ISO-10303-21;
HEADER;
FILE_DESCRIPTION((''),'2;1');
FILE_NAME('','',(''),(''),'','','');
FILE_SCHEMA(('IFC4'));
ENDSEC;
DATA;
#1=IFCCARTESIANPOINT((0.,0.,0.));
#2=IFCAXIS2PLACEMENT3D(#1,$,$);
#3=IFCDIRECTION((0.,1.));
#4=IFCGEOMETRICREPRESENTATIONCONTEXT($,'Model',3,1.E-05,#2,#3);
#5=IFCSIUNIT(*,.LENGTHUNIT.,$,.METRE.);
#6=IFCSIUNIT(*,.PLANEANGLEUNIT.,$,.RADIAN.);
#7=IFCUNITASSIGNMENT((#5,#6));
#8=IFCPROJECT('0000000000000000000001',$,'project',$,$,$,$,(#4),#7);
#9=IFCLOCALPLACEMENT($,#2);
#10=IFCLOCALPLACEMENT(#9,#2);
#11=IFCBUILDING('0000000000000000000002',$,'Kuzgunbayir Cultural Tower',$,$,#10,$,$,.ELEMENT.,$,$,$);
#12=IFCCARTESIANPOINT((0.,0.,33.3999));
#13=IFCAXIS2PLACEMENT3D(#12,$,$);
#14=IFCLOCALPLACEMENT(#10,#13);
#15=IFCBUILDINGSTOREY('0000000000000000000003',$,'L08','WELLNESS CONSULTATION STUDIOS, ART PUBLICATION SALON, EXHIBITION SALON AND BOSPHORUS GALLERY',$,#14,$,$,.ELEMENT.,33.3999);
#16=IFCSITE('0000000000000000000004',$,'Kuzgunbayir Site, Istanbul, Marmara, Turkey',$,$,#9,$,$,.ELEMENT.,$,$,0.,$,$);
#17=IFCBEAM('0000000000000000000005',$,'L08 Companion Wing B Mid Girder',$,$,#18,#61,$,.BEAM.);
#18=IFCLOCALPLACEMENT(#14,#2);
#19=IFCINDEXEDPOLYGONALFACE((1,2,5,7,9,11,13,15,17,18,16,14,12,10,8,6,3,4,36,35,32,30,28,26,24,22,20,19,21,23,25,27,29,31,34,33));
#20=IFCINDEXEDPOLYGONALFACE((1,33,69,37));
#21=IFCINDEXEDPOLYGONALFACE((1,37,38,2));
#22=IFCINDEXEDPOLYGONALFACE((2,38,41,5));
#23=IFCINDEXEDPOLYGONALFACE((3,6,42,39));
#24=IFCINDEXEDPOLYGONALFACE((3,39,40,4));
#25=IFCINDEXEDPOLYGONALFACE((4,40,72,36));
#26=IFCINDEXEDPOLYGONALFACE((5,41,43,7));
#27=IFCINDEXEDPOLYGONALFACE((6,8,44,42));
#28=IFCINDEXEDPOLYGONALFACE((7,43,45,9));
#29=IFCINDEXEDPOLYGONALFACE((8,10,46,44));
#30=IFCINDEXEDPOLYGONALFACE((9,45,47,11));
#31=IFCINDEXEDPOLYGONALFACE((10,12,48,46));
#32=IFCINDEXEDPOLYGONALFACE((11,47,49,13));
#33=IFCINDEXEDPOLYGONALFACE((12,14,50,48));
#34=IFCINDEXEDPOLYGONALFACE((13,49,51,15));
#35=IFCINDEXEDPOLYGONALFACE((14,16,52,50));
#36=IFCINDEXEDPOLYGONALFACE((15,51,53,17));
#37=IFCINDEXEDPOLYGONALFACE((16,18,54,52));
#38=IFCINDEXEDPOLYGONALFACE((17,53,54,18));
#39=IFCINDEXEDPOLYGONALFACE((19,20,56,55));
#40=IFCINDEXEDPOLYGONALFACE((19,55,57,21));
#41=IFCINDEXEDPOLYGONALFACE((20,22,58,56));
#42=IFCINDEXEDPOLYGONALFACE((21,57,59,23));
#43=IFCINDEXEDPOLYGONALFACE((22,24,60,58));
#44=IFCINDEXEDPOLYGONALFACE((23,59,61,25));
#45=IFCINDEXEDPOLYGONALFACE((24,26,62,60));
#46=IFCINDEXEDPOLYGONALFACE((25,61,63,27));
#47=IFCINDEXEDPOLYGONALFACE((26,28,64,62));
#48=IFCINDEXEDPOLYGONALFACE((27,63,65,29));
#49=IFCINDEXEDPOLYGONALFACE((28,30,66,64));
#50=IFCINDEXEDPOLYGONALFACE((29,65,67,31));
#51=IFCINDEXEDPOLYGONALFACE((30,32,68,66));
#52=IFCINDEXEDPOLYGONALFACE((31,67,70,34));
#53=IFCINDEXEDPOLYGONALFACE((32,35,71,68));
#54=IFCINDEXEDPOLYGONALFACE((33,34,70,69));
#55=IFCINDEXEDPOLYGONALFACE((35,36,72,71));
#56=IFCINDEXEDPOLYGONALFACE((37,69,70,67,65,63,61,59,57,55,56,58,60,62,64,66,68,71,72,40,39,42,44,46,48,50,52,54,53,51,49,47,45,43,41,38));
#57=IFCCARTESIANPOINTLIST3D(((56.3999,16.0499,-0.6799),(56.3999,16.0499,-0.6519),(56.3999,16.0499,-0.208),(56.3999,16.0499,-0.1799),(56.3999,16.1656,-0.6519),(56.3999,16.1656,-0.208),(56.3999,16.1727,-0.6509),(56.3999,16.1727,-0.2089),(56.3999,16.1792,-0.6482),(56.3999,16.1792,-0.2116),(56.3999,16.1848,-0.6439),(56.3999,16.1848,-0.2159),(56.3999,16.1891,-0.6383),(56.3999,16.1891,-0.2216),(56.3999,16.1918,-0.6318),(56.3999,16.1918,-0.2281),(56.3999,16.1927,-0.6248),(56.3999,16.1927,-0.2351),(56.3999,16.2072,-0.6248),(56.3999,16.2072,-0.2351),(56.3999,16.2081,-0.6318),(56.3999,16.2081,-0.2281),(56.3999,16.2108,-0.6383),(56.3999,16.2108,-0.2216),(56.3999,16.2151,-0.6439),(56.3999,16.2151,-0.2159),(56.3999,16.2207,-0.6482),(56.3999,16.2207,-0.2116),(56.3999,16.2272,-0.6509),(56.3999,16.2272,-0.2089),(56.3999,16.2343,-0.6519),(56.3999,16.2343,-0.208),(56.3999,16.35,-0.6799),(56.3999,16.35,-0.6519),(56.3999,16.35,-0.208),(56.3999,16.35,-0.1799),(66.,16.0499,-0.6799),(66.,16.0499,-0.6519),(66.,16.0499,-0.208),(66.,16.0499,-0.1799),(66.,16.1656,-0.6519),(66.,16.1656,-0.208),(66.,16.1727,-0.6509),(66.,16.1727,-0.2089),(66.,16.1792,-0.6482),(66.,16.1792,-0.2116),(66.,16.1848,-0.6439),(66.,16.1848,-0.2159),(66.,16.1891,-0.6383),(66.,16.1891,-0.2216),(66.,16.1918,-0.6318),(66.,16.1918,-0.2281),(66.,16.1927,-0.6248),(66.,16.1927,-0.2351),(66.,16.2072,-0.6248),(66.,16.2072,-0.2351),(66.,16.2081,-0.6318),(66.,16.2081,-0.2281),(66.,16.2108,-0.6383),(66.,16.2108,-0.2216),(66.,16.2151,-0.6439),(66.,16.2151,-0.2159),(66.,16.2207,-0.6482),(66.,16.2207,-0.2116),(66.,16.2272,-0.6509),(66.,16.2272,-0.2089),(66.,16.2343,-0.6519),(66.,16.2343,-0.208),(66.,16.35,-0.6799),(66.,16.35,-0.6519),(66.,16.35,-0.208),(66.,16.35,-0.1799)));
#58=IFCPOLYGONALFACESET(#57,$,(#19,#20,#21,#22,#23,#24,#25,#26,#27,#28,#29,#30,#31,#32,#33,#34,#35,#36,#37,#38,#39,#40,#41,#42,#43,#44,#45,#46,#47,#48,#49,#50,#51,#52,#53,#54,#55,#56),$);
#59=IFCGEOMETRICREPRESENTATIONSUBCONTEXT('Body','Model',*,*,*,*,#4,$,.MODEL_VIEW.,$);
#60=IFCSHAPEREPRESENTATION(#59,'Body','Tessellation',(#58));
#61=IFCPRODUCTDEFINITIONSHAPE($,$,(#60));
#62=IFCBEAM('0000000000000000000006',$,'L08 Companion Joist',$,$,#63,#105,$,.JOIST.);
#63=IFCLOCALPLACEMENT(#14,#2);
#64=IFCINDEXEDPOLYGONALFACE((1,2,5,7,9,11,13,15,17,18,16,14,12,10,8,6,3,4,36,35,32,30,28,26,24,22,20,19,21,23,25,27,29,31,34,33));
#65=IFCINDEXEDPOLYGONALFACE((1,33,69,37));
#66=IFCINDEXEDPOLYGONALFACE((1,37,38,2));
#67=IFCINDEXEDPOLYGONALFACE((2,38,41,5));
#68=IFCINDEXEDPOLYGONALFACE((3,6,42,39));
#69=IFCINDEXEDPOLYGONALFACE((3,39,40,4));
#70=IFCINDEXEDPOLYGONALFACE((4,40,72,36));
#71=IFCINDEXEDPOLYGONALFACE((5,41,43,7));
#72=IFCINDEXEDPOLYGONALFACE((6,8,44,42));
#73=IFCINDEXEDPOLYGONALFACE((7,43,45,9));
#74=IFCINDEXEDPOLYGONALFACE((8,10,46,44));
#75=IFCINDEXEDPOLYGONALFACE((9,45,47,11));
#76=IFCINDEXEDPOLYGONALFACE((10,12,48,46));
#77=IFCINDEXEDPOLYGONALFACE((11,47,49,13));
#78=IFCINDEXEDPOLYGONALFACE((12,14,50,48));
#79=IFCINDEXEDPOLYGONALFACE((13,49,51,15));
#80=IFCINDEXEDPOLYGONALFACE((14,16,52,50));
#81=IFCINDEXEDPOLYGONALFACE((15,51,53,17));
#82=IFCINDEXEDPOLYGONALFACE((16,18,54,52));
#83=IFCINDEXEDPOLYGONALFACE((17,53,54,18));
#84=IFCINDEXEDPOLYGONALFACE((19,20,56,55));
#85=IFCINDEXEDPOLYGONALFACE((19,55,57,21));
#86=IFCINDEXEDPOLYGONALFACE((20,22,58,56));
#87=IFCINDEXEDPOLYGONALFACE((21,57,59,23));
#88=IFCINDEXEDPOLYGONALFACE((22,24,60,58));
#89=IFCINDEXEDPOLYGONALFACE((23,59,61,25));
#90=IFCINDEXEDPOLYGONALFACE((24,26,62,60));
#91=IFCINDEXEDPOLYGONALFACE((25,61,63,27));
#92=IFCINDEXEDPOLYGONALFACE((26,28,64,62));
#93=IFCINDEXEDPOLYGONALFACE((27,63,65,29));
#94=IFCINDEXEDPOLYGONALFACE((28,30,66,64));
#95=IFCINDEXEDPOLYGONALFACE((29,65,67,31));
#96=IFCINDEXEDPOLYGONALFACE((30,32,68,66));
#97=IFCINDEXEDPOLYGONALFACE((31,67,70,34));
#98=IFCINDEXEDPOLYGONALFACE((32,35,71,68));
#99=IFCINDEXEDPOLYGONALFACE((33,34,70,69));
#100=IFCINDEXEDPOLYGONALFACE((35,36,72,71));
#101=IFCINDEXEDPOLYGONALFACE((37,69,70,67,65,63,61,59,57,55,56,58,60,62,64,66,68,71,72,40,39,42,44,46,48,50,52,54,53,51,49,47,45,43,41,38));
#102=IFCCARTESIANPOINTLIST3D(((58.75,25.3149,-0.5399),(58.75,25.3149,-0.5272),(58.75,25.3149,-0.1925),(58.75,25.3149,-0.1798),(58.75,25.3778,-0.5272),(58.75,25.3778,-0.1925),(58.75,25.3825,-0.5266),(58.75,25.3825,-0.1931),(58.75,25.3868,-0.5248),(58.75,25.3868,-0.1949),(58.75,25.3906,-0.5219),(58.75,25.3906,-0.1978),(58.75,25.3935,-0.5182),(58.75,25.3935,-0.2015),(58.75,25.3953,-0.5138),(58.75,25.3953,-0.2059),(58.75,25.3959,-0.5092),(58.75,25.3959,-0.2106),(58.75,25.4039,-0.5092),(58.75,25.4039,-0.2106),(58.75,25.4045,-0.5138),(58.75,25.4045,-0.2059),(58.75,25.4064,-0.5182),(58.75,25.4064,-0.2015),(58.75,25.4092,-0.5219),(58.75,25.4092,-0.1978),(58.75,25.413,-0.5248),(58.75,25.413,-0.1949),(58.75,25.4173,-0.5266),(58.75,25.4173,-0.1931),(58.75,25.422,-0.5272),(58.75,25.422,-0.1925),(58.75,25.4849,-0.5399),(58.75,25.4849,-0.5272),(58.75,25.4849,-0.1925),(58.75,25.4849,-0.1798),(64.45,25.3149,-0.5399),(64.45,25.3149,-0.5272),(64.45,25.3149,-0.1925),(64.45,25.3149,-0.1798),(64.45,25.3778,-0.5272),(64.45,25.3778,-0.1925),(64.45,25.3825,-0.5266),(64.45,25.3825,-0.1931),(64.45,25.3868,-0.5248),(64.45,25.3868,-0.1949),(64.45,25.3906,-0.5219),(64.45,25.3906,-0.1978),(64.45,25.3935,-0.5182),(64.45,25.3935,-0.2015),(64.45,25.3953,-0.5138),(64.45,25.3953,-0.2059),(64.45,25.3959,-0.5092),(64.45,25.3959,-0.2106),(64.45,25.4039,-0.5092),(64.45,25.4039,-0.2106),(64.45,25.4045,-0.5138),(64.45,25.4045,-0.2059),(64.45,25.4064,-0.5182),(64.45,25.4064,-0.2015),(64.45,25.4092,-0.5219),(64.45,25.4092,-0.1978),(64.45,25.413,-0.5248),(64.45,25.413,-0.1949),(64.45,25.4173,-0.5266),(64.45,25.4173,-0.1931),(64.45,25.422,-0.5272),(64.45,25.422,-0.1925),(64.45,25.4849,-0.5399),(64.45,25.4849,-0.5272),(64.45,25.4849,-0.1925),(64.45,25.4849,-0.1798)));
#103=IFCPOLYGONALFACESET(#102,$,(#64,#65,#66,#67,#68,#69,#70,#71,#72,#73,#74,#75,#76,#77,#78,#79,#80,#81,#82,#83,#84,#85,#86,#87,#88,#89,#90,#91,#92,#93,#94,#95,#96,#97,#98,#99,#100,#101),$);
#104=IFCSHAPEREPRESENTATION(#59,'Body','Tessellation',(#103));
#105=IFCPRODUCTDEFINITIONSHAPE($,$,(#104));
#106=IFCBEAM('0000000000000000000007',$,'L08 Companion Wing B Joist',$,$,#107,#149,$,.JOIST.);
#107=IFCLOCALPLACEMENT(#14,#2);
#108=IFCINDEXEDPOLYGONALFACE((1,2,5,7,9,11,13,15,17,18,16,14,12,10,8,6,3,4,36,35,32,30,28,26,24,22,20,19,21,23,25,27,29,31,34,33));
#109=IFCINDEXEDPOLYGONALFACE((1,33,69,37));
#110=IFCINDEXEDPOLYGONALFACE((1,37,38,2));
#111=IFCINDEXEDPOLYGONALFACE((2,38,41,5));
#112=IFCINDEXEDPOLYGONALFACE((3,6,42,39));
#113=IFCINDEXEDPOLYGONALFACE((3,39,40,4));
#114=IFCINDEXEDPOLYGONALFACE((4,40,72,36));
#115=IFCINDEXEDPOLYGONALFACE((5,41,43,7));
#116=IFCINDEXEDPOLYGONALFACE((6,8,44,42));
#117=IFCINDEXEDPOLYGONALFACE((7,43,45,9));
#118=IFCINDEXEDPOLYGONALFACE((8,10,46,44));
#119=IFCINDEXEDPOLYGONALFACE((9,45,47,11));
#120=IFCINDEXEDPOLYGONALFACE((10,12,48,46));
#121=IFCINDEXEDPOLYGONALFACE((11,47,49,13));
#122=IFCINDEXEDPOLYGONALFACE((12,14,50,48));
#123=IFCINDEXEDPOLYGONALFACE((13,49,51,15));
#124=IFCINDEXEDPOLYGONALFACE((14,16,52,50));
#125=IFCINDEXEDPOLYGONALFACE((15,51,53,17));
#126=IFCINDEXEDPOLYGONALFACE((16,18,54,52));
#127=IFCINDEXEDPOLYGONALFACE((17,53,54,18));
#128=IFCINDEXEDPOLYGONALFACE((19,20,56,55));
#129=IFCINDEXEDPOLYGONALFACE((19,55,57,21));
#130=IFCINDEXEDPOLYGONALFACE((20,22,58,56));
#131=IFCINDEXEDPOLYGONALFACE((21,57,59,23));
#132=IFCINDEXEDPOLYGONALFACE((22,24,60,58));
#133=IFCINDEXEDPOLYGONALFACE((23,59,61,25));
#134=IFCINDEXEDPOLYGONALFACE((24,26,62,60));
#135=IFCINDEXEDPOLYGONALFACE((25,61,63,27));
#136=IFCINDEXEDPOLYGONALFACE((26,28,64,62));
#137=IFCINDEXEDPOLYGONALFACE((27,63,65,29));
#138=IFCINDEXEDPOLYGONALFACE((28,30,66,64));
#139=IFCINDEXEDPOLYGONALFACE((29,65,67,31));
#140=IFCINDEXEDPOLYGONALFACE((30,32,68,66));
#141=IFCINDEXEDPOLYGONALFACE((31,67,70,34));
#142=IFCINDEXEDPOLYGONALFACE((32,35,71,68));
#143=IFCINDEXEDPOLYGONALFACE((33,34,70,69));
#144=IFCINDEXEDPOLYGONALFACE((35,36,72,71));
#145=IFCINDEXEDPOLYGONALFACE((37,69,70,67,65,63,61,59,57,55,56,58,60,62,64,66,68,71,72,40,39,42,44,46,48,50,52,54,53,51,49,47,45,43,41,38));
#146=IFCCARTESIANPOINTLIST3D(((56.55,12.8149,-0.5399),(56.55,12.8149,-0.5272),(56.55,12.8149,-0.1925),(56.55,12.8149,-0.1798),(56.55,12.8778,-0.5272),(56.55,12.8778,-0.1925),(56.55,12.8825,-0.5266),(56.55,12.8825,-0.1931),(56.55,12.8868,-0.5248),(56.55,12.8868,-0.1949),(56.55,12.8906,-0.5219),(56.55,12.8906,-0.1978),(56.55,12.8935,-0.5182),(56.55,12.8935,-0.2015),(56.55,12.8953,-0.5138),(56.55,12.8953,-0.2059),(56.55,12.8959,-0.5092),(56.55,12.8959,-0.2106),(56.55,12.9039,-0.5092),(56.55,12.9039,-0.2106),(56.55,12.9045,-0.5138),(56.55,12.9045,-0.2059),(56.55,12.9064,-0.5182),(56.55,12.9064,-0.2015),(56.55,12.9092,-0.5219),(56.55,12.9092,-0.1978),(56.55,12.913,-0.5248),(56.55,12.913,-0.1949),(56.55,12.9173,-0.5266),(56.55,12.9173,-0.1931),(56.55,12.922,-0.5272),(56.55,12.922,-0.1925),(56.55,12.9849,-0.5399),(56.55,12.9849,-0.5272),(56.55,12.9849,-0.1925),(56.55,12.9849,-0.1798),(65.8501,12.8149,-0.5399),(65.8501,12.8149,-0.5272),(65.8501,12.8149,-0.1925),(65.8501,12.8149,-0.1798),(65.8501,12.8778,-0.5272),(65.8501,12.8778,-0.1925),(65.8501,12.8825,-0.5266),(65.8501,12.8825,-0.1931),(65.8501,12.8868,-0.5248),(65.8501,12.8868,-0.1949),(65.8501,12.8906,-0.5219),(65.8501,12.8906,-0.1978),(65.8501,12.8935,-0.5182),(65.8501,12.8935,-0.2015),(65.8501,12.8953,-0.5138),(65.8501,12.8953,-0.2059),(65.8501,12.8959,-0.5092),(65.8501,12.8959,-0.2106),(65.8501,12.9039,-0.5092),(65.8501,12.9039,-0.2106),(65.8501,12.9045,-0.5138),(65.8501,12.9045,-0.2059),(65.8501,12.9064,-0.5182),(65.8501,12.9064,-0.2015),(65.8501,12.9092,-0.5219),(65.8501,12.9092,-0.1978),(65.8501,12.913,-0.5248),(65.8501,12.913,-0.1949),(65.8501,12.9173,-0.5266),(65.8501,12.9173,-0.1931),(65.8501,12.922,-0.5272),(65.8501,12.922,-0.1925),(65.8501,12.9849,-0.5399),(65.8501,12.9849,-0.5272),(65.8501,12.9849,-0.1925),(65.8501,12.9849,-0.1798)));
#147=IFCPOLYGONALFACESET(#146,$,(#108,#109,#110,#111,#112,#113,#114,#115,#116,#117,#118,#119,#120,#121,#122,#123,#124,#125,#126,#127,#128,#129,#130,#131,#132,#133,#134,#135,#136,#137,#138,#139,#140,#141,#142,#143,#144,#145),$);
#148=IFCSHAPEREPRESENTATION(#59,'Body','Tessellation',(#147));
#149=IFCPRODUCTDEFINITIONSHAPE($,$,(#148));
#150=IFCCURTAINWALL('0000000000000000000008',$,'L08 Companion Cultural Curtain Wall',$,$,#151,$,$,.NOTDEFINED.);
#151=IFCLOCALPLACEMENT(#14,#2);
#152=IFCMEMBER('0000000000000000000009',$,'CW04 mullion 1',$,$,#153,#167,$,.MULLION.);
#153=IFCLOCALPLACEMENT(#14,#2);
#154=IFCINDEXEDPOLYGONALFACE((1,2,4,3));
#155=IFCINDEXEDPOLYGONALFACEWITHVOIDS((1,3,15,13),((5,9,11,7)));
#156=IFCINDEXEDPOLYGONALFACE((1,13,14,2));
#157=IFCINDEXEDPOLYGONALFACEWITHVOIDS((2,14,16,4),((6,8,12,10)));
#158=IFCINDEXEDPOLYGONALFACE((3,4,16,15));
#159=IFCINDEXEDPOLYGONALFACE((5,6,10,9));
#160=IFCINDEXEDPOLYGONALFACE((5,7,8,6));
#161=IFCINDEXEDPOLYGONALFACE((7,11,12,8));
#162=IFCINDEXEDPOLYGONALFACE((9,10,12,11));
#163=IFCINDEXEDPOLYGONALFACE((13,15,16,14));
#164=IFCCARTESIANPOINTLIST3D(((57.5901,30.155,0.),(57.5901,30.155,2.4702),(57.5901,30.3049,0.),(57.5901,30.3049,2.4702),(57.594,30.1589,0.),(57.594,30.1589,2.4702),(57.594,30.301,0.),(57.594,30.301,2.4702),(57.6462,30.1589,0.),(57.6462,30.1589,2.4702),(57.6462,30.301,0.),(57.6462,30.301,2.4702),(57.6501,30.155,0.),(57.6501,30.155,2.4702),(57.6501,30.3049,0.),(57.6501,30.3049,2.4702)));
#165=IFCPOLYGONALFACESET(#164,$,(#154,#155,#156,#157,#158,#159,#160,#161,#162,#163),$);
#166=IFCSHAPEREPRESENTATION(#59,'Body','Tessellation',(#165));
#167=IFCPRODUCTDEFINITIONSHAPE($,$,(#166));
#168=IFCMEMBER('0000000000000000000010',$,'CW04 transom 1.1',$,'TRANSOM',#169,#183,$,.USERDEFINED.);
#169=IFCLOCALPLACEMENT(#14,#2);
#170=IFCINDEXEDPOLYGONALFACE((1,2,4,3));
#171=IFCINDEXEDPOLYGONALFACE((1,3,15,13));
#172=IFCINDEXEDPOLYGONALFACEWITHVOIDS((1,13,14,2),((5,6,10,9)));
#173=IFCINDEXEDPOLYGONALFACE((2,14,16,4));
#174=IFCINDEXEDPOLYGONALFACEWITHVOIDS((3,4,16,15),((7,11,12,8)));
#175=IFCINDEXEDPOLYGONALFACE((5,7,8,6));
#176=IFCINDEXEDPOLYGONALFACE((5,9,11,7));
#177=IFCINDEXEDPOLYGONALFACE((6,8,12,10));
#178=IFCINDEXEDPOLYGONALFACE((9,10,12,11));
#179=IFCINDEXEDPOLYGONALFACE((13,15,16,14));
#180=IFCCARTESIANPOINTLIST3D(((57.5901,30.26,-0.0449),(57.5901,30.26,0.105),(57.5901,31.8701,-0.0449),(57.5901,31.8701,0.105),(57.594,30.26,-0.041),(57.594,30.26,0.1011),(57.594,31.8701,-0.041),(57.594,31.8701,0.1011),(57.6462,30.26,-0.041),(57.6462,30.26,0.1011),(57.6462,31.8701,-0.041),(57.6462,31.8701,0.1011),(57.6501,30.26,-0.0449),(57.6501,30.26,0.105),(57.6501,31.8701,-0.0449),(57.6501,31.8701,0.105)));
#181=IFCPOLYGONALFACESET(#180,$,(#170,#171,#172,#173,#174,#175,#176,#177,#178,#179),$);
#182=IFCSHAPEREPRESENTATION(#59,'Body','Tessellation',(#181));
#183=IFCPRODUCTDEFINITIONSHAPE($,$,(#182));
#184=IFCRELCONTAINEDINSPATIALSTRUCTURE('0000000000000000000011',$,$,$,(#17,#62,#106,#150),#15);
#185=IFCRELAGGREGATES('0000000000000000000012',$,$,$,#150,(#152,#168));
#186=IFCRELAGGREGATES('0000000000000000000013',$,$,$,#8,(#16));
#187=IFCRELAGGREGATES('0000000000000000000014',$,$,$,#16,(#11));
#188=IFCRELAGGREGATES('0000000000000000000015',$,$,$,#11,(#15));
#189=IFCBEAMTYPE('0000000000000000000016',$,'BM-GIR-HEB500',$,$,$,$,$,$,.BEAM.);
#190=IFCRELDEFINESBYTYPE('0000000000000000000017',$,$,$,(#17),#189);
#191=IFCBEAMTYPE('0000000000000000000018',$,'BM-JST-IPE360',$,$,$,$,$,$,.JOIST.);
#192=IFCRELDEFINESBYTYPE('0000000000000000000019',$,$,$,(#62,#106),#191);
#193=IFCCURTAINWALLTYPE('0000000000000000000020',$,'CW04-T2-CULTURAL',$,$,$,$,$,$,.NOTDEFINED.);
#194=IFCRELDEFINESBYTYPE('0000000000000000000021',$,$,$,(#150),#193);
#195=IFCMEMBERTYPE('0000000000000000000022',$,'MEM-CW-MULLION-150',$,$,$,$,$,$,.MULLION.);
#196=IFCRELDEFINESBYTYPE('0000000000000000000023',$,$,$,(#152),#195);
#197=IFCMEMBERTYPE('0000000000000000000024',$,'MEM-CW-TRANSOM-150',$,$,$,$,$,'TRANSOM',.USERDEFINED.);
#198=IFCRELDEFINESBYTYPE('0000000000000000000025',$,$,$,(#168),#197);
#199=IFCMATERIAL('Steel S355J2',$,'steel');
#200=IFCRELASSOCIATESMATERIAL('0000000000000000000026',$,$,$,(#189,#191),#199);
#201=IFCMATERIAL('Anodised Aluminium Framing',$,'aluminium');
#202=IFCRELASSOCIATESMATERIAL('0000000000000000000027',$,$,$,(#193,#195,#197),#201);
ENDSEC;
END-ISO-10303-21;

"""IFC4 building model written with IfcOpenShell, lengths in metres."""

from ifc_helpers import new_model, si_unit, direction, frame, origin, origin_2d, place, context, subcontext, project, spatial, hollow_rectangle, i_section, extrude, material, material_profile, profile_set, type_object, element, aggregate, save


model = new_model("IFC4")

# Units and contexts
model_context = context("Model", 3, precision=1e-05, world=origin(), true_north=direction((0.0, 1.0)))
body_context = subcontext(model_context, "Body", "Model", "MODEL_VIEW")
ifc_project = project(units=[si_unit("LENGTHUNIT", "METRE"), si_unit("PLANEANGLEUNIT", "RADIAN")], contexts=[model_context])

# Site, building, storey
site_placement = place(None, origin())
site = spatial("IfcSite", under=ifc_project, at=site_placement, Name="Kuzgunbayir Site, Istanbul, Marmara, Turkey", CompositionType="ELEMENT", RefElevation=0.0)
building_placement = place(site_placement, origin())
building = spatial("IfcBuilding", under=site, at=building_placement, Name="Kuzgunbayir Cultural Tower", CompositionType="ELEMENT")
storey_placement = place(building_placement, frame((0.0, 0.0, 33.3999)))
storey = spatial("IfcBuildingStorey", under=building, at=storey_placement, Name="L08", Description="WELLNESS CONSULTATION STUDIOS, ART PUBLICATION SALON, EXHIBITION SALON AND BOSPHORUS GALLERY", CompositionType="ELEMENT", Elevation=33.3999)

# Beams
ifc_material_1 = material(Name="Steel S355J2", Category="steel")
ifc_material_profile_1 = material_profile(ifc_material_1, i_section(OverallWidth=0.3, OverallDepth=0.5, WebThickness=0.0144, FlangeThickness=0.0281, FilletRadius=0.0271, at=origin_2d()), Name="HEB 500")
ifc_profile_set_1 = profile_set([ifc_material_profile_1], Name="Steel S355J2")
beam_type_1 = type_object("IfcBeamType", Name="BM-GIR-HEB500", PredefinedType="BEAM", material=ifc_profile_set_1)
beam_1_placement = place(storey_placement, frame((56.3999, 16.2, -0.4299), z_axis=(1.0, 0.0, 0.0), x_axis=(0.0, 1.0, 0.0)))
element("IfcBeam", 1, at=beam_1_placement, inside=storey, type_object=beam_type_1, Name="L08 Companion Wing B Mid Girder", PredefinedType="BEAM", context=body_context, shape_type="SweptSolid", body=[
    extrude(i_section(OverallWidth=0.3, OverallDepth=0.5, WebThickness=0.0144, FlangeThickness=0.0281, FilletRadius=0.0271, at=origin_2d()), origin(), (0.0, 0.0, 1.0), 9.6001),
])
ifc_material_profile_2 = material_profile(ifc_material_1, i_section(OverallWidth=0.1699, OverallDepth=0.3601, WebThickness=0.0081, FlangeThickness=0.0127, FilletRadius=0.0181, at=origin_2d()), Name="IPE 360")
ifc_profile_set_2 = profile_set([ifc_material_profile_2], Name="Steel S355J2")
beam_type_2 = type_object("IfcBeamType", Name="BM-JST-IPE360", PredefinedType="JOIST", material=ifc_profile_set_2)
beam_2_placement = place(storey_placement, frame((58.75, 25.3999, -0.3599), z_axis=(1.0, 0.0, 0.0), x_axis=(0.0, 1.0, 0.0)))
element("IfcBeam", 2, at=beam_2_placement, inside=storey, type_object=beam_type_2, Name="L08 Companion Joist", PredefinedType="JOIST", context=body_context, shape_type="SweptSolid", body=[
    extrude(i_section(OverallWidth=0.1699, OverallDepth=0.3601, WebThickness=0.0081, FlangeThickness=0.0127, FilletRadius=0.0181, at=origin_2d()), origin(), (0.0, 0.0, 1.0), 5.7),
])
beam_3_placement = place(storey_placement, frame((56.55, 12.8999, -0.3599), z_axis=(1.0, 0.0, 0.0), x_axis=(0.0, 1.0, 0.0)))
element("IfcBeam", 3, at=beam_3_placement, inside=storey, type_object=beam_type_2, Name="L08 Companion Wing B Joist", PredefinedType="JOIST", context=body_context, shape_type="SweptSolid", body=[
    extrude(i_section(OverallWidth=0.1699, OverallDepth=0.3601, WebThickness=0.0081, FlangeThickness=0.0127, FilletRadius=0.0181, at=origin_2d()), origin(), (0.0, 0.0, 1.0), 9.3),
])

# Curtain wall, members
ifc_material_2 = material(Name="Anodised Aluminium Framing", Category="aluminium")
curtain_wall_type = type_object("IfcCurtainWallType", Name="CW04-T2-CULTURAL", PredefinedType="NOTDEFINED", material=ifc_material_2)
curtain_wall_placement = place(storey_placement, origin())
curtain_wall = element("IfcCurtainWall", 4, at=curtain_wall_placement, inside=storey, type_object=curtain_wall_type, Name="L08 Companion Cultural Curtain Wall", PredefinedType="NOTDEFINED")
ifc_material_profile_3 = material_profile(ifc_material_2, hollow_rectangle(XDim=0.0601, YDim=0.1499, WallThickness=0.0039, at=origin_2d()), Name="RHS 150x60x4")
ifc_profile_set_3 = profile_set([ifc_material_profile_3], Name="Anodised Aluminium Framing")
member_type_1 = type_object("IfcMemberType", Name="MEM-CW-MULLION-150", PredefinedType="MULLION", material=ifc_profile_set_3)
member_1_placement = place(storey_placement, frame((57.6201, 30.23, 0.0), z_axis=(0.0, 0.0, 1.0), x_axis=(-1.0, 0.0, 0.0)))
member_1 = element("IfcMember", 5, at=member_1_placement, type_object=member_type_1, Name="CW04 mullion 1", PredefinedType="MULLION", context=body_context, shape_type="SweptSolid", body=[
    extrude(hollow_rectangle(XDim=0.0601, YDim=0.1499, WallThickness=0.0039, at=origin_2d()), origin(), (0.0, 0.0, 1.0), 2.4702),
])
ifc_material_profile_4 = material_profile(ifc_material_2, hollow_rectangle(XDim=0.0601, YDim=0.1499, WallThickness=0.0039, at=origin_2d()), Name="RHS 150x60x4")
ifc_profile_set_4 = profile_set([ifc_material_profile_4], Name="Anodised Aluminium Framing")
member_type_2 = type_object("IfcMemberType", Name="MEM-CW-TRANSOM-150", ElementType="TRANSOM", PredefinedType="USERDEFINED", material=ifc_profile_set_4)
member_2_placement = place(storey_placement, frame((57.6201, 30.26, 0.03), z_axis=(0.0, 1.0, 0.0), x_axis=(-1.0, 0.0, 0.0)))
member_2 = element("IfcMember", 6, at=member_2_placement, type_object=member_type_2, Name="CW04 transom 1.1", ObjectType="TRANSOM", PredefinedType="USERDEFINED", context=body_context, shape_type="SweptSolid", body=[
    extrude(hollow_rectangle(XDim=0.0601, YDim=0.1499, WallThickness=0.0039, at=origin_2d()), origin(), (0.0, 0.0, 1.0), 1.6101),
])
aggregate(curtain_wall, [member_1, member_2])

save(model, "model.ifc")
